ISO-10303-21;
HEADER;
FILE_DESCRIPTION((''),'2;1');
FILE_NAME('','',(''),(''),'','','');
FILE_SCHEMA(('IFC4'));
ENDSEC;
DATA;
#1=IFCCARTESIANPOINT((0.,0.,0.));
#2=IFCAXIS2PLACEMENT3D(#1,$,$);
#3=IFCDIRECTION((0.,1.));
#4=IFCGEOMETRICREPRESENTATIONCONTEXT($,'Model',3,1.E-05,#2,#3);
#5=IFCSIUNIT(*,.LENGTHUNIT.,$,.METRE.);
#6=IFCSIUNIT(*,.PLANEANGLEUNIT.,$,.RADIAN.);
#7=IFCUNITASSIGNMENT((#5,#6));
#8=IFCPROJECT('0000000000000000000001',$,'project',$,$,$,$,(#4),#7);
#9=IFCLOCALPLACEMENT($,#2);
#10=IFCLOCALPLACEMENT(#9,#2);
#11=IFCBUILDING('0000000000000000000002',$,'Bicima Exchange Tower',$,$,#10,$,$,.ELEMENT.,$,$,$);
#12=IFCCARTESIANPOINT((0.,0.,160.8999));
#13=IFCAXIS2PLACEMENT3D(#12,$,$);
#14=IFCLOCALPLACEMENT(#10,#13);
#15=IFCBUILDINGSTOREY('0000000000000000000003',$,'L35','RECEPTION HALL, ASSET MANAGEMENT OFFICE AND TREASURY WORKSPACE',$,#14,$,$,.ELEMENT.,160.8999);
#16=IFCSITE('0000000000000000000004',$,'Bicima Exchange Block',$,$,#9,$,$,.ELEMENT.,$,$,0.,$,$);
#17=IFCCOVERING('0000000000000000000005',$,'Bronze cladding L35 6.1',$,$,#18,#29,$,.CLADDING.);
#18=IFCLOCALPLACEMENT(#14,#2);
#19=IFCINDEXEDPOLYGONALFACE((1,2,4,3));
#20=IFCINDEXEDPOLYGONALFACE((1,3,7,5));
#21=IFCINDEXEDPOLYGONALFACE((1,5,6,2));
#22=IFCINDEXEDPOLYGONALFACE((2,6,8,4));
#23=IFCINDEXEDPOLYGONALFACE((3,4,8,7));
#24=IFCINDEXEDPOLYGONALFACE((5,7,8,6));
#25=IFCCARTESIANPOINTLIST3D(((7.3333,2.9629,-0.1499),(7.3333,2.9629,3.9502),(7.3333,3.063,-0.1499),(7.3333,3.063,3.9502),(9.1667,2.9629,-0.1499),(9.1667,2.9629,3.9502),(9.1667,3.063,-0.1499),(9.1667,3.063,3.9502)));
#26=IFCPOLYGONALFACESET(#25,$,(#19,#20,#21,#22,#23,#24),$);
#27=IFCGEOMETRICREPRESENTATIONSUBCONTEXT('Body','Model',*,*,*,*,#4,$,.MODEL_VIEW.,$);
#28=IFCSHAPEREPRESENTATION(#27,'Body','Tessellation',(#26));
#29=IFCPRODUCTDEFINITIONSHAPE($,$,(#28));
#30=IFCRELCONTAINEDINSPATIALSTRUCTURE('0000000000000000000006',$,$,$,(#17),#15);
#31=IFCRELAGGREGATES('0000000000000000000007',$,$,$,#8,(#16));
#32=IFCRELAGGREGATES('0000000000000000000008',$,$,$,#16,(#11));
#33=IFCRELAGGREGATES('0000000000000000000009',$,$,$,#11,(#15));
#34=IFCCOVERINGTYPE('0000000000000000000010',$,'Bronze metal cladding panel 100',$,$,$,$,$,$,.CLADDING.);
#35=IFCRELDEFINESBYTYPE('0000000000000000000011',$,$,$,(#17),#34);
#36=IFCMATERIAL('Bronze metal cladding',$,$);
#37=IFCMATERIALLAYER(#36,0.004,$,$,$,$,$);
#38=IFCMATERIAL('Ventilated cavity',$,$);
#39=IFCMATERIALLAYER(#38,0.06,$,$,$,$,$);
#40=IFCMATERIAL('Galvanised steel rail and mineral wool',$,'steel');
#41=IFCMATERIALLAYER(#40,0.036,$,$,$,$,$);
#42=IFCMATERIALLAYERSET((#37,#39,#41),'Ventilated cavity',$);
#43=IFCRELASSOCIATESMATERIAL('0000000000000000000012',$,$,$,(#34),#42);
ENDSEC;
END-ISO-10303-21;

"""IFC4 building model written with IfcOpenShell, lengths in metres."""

from ifc_helpers import new_model, si_unit, direction, frame, origin, origin_2d, place, context, subcontext, project, spatial, rectangle, extrude, material, layer, layer_set, type_object, element, save


model = new_model("IFC4")

# Units and contexts
model_context = context("Model", 3, precision=1e-05, world=origin(), true_north=direction((0.0, 1.0)))
body_context = subcontext(model_context, "Body", "Model", "MODEL_VIEW")
ifc_project = project(units=[si_unit("LENGTHUNIT", "METRE"), si_unit("PLANEANGLEUNIT", "RADIAN")], contexts=[model_context])

# Site, building, storey
site_placement = place(None, origin())
site = spatial("IfcSite", under=ifc_project, at=site_placement, Name="Bicima Exchange Block", CompositionType="ELEMENT", RefElevation=0.0)
building_placement = place(site_placement, origin())
building = spatial("IfcBuilding", under=site, at=building_placement, Name="Bicima Exchange Tower", CompositionType="ELEMENT")
storey_placement = place(building_placement, frame((0.0, 0.0, 160.8999)))
storey = spatial("IfcBuildingStorey", under=building, at=storey_placement, Name="L35", Description="RECEPTION HALL, ASSET MANAGEMENT OFFICE AND TREASURY WORKSPACE", CompositionType="ELEMENT", Elevation=160.8999)

# Covering
ifc_material_1 = material(Name="Bronze metal cladding")
ifc_layer_1 = layer(ifc_material_1, 0.004)
ifc_material_2 = material(Name="Ventilated cavity")
ifc_layer_2 = layer(ifc_material_2, 0.06)
ifc_material_3 = material(Name="Galvanised steel rail and mineral wool", Category="steel")
ifc_layer_3 = layer(ifc_material_3, 0.036)
ifc_layer_set_1 = layer_set([ifc_layer_1, ifc_layer_2, ifc_layer_3], Name="Ventilated cavity")
covering_type = type_object("IfcCoveringType", Name="Bronze metal cladding panel 100", PredefinedType="CLADDING", material=ifc_layer_set_1)
covering_1_placement = place(storey_placement, frame((8.25, 3.0129, -0.1499), z_axis=(0.0, 0.0, 1.0), x_axis=(-1.0, 0.0, 0.0)))
element("IfcCovering", 1, at=covering_1_placement, inside=storey, type_object=covering_type, Name="Bronze cladding L35 6.1", PredefinedType="CLADDING", context=body_context, shape_type="SweptSolid", body=[
    extrude(rectangle(XDim=1.8335, YDim=0.1001, at=origin_2d()), origin(), (0.0, 0.0, 1.0), 4.1001),
])

save(model, "model.ifc")
